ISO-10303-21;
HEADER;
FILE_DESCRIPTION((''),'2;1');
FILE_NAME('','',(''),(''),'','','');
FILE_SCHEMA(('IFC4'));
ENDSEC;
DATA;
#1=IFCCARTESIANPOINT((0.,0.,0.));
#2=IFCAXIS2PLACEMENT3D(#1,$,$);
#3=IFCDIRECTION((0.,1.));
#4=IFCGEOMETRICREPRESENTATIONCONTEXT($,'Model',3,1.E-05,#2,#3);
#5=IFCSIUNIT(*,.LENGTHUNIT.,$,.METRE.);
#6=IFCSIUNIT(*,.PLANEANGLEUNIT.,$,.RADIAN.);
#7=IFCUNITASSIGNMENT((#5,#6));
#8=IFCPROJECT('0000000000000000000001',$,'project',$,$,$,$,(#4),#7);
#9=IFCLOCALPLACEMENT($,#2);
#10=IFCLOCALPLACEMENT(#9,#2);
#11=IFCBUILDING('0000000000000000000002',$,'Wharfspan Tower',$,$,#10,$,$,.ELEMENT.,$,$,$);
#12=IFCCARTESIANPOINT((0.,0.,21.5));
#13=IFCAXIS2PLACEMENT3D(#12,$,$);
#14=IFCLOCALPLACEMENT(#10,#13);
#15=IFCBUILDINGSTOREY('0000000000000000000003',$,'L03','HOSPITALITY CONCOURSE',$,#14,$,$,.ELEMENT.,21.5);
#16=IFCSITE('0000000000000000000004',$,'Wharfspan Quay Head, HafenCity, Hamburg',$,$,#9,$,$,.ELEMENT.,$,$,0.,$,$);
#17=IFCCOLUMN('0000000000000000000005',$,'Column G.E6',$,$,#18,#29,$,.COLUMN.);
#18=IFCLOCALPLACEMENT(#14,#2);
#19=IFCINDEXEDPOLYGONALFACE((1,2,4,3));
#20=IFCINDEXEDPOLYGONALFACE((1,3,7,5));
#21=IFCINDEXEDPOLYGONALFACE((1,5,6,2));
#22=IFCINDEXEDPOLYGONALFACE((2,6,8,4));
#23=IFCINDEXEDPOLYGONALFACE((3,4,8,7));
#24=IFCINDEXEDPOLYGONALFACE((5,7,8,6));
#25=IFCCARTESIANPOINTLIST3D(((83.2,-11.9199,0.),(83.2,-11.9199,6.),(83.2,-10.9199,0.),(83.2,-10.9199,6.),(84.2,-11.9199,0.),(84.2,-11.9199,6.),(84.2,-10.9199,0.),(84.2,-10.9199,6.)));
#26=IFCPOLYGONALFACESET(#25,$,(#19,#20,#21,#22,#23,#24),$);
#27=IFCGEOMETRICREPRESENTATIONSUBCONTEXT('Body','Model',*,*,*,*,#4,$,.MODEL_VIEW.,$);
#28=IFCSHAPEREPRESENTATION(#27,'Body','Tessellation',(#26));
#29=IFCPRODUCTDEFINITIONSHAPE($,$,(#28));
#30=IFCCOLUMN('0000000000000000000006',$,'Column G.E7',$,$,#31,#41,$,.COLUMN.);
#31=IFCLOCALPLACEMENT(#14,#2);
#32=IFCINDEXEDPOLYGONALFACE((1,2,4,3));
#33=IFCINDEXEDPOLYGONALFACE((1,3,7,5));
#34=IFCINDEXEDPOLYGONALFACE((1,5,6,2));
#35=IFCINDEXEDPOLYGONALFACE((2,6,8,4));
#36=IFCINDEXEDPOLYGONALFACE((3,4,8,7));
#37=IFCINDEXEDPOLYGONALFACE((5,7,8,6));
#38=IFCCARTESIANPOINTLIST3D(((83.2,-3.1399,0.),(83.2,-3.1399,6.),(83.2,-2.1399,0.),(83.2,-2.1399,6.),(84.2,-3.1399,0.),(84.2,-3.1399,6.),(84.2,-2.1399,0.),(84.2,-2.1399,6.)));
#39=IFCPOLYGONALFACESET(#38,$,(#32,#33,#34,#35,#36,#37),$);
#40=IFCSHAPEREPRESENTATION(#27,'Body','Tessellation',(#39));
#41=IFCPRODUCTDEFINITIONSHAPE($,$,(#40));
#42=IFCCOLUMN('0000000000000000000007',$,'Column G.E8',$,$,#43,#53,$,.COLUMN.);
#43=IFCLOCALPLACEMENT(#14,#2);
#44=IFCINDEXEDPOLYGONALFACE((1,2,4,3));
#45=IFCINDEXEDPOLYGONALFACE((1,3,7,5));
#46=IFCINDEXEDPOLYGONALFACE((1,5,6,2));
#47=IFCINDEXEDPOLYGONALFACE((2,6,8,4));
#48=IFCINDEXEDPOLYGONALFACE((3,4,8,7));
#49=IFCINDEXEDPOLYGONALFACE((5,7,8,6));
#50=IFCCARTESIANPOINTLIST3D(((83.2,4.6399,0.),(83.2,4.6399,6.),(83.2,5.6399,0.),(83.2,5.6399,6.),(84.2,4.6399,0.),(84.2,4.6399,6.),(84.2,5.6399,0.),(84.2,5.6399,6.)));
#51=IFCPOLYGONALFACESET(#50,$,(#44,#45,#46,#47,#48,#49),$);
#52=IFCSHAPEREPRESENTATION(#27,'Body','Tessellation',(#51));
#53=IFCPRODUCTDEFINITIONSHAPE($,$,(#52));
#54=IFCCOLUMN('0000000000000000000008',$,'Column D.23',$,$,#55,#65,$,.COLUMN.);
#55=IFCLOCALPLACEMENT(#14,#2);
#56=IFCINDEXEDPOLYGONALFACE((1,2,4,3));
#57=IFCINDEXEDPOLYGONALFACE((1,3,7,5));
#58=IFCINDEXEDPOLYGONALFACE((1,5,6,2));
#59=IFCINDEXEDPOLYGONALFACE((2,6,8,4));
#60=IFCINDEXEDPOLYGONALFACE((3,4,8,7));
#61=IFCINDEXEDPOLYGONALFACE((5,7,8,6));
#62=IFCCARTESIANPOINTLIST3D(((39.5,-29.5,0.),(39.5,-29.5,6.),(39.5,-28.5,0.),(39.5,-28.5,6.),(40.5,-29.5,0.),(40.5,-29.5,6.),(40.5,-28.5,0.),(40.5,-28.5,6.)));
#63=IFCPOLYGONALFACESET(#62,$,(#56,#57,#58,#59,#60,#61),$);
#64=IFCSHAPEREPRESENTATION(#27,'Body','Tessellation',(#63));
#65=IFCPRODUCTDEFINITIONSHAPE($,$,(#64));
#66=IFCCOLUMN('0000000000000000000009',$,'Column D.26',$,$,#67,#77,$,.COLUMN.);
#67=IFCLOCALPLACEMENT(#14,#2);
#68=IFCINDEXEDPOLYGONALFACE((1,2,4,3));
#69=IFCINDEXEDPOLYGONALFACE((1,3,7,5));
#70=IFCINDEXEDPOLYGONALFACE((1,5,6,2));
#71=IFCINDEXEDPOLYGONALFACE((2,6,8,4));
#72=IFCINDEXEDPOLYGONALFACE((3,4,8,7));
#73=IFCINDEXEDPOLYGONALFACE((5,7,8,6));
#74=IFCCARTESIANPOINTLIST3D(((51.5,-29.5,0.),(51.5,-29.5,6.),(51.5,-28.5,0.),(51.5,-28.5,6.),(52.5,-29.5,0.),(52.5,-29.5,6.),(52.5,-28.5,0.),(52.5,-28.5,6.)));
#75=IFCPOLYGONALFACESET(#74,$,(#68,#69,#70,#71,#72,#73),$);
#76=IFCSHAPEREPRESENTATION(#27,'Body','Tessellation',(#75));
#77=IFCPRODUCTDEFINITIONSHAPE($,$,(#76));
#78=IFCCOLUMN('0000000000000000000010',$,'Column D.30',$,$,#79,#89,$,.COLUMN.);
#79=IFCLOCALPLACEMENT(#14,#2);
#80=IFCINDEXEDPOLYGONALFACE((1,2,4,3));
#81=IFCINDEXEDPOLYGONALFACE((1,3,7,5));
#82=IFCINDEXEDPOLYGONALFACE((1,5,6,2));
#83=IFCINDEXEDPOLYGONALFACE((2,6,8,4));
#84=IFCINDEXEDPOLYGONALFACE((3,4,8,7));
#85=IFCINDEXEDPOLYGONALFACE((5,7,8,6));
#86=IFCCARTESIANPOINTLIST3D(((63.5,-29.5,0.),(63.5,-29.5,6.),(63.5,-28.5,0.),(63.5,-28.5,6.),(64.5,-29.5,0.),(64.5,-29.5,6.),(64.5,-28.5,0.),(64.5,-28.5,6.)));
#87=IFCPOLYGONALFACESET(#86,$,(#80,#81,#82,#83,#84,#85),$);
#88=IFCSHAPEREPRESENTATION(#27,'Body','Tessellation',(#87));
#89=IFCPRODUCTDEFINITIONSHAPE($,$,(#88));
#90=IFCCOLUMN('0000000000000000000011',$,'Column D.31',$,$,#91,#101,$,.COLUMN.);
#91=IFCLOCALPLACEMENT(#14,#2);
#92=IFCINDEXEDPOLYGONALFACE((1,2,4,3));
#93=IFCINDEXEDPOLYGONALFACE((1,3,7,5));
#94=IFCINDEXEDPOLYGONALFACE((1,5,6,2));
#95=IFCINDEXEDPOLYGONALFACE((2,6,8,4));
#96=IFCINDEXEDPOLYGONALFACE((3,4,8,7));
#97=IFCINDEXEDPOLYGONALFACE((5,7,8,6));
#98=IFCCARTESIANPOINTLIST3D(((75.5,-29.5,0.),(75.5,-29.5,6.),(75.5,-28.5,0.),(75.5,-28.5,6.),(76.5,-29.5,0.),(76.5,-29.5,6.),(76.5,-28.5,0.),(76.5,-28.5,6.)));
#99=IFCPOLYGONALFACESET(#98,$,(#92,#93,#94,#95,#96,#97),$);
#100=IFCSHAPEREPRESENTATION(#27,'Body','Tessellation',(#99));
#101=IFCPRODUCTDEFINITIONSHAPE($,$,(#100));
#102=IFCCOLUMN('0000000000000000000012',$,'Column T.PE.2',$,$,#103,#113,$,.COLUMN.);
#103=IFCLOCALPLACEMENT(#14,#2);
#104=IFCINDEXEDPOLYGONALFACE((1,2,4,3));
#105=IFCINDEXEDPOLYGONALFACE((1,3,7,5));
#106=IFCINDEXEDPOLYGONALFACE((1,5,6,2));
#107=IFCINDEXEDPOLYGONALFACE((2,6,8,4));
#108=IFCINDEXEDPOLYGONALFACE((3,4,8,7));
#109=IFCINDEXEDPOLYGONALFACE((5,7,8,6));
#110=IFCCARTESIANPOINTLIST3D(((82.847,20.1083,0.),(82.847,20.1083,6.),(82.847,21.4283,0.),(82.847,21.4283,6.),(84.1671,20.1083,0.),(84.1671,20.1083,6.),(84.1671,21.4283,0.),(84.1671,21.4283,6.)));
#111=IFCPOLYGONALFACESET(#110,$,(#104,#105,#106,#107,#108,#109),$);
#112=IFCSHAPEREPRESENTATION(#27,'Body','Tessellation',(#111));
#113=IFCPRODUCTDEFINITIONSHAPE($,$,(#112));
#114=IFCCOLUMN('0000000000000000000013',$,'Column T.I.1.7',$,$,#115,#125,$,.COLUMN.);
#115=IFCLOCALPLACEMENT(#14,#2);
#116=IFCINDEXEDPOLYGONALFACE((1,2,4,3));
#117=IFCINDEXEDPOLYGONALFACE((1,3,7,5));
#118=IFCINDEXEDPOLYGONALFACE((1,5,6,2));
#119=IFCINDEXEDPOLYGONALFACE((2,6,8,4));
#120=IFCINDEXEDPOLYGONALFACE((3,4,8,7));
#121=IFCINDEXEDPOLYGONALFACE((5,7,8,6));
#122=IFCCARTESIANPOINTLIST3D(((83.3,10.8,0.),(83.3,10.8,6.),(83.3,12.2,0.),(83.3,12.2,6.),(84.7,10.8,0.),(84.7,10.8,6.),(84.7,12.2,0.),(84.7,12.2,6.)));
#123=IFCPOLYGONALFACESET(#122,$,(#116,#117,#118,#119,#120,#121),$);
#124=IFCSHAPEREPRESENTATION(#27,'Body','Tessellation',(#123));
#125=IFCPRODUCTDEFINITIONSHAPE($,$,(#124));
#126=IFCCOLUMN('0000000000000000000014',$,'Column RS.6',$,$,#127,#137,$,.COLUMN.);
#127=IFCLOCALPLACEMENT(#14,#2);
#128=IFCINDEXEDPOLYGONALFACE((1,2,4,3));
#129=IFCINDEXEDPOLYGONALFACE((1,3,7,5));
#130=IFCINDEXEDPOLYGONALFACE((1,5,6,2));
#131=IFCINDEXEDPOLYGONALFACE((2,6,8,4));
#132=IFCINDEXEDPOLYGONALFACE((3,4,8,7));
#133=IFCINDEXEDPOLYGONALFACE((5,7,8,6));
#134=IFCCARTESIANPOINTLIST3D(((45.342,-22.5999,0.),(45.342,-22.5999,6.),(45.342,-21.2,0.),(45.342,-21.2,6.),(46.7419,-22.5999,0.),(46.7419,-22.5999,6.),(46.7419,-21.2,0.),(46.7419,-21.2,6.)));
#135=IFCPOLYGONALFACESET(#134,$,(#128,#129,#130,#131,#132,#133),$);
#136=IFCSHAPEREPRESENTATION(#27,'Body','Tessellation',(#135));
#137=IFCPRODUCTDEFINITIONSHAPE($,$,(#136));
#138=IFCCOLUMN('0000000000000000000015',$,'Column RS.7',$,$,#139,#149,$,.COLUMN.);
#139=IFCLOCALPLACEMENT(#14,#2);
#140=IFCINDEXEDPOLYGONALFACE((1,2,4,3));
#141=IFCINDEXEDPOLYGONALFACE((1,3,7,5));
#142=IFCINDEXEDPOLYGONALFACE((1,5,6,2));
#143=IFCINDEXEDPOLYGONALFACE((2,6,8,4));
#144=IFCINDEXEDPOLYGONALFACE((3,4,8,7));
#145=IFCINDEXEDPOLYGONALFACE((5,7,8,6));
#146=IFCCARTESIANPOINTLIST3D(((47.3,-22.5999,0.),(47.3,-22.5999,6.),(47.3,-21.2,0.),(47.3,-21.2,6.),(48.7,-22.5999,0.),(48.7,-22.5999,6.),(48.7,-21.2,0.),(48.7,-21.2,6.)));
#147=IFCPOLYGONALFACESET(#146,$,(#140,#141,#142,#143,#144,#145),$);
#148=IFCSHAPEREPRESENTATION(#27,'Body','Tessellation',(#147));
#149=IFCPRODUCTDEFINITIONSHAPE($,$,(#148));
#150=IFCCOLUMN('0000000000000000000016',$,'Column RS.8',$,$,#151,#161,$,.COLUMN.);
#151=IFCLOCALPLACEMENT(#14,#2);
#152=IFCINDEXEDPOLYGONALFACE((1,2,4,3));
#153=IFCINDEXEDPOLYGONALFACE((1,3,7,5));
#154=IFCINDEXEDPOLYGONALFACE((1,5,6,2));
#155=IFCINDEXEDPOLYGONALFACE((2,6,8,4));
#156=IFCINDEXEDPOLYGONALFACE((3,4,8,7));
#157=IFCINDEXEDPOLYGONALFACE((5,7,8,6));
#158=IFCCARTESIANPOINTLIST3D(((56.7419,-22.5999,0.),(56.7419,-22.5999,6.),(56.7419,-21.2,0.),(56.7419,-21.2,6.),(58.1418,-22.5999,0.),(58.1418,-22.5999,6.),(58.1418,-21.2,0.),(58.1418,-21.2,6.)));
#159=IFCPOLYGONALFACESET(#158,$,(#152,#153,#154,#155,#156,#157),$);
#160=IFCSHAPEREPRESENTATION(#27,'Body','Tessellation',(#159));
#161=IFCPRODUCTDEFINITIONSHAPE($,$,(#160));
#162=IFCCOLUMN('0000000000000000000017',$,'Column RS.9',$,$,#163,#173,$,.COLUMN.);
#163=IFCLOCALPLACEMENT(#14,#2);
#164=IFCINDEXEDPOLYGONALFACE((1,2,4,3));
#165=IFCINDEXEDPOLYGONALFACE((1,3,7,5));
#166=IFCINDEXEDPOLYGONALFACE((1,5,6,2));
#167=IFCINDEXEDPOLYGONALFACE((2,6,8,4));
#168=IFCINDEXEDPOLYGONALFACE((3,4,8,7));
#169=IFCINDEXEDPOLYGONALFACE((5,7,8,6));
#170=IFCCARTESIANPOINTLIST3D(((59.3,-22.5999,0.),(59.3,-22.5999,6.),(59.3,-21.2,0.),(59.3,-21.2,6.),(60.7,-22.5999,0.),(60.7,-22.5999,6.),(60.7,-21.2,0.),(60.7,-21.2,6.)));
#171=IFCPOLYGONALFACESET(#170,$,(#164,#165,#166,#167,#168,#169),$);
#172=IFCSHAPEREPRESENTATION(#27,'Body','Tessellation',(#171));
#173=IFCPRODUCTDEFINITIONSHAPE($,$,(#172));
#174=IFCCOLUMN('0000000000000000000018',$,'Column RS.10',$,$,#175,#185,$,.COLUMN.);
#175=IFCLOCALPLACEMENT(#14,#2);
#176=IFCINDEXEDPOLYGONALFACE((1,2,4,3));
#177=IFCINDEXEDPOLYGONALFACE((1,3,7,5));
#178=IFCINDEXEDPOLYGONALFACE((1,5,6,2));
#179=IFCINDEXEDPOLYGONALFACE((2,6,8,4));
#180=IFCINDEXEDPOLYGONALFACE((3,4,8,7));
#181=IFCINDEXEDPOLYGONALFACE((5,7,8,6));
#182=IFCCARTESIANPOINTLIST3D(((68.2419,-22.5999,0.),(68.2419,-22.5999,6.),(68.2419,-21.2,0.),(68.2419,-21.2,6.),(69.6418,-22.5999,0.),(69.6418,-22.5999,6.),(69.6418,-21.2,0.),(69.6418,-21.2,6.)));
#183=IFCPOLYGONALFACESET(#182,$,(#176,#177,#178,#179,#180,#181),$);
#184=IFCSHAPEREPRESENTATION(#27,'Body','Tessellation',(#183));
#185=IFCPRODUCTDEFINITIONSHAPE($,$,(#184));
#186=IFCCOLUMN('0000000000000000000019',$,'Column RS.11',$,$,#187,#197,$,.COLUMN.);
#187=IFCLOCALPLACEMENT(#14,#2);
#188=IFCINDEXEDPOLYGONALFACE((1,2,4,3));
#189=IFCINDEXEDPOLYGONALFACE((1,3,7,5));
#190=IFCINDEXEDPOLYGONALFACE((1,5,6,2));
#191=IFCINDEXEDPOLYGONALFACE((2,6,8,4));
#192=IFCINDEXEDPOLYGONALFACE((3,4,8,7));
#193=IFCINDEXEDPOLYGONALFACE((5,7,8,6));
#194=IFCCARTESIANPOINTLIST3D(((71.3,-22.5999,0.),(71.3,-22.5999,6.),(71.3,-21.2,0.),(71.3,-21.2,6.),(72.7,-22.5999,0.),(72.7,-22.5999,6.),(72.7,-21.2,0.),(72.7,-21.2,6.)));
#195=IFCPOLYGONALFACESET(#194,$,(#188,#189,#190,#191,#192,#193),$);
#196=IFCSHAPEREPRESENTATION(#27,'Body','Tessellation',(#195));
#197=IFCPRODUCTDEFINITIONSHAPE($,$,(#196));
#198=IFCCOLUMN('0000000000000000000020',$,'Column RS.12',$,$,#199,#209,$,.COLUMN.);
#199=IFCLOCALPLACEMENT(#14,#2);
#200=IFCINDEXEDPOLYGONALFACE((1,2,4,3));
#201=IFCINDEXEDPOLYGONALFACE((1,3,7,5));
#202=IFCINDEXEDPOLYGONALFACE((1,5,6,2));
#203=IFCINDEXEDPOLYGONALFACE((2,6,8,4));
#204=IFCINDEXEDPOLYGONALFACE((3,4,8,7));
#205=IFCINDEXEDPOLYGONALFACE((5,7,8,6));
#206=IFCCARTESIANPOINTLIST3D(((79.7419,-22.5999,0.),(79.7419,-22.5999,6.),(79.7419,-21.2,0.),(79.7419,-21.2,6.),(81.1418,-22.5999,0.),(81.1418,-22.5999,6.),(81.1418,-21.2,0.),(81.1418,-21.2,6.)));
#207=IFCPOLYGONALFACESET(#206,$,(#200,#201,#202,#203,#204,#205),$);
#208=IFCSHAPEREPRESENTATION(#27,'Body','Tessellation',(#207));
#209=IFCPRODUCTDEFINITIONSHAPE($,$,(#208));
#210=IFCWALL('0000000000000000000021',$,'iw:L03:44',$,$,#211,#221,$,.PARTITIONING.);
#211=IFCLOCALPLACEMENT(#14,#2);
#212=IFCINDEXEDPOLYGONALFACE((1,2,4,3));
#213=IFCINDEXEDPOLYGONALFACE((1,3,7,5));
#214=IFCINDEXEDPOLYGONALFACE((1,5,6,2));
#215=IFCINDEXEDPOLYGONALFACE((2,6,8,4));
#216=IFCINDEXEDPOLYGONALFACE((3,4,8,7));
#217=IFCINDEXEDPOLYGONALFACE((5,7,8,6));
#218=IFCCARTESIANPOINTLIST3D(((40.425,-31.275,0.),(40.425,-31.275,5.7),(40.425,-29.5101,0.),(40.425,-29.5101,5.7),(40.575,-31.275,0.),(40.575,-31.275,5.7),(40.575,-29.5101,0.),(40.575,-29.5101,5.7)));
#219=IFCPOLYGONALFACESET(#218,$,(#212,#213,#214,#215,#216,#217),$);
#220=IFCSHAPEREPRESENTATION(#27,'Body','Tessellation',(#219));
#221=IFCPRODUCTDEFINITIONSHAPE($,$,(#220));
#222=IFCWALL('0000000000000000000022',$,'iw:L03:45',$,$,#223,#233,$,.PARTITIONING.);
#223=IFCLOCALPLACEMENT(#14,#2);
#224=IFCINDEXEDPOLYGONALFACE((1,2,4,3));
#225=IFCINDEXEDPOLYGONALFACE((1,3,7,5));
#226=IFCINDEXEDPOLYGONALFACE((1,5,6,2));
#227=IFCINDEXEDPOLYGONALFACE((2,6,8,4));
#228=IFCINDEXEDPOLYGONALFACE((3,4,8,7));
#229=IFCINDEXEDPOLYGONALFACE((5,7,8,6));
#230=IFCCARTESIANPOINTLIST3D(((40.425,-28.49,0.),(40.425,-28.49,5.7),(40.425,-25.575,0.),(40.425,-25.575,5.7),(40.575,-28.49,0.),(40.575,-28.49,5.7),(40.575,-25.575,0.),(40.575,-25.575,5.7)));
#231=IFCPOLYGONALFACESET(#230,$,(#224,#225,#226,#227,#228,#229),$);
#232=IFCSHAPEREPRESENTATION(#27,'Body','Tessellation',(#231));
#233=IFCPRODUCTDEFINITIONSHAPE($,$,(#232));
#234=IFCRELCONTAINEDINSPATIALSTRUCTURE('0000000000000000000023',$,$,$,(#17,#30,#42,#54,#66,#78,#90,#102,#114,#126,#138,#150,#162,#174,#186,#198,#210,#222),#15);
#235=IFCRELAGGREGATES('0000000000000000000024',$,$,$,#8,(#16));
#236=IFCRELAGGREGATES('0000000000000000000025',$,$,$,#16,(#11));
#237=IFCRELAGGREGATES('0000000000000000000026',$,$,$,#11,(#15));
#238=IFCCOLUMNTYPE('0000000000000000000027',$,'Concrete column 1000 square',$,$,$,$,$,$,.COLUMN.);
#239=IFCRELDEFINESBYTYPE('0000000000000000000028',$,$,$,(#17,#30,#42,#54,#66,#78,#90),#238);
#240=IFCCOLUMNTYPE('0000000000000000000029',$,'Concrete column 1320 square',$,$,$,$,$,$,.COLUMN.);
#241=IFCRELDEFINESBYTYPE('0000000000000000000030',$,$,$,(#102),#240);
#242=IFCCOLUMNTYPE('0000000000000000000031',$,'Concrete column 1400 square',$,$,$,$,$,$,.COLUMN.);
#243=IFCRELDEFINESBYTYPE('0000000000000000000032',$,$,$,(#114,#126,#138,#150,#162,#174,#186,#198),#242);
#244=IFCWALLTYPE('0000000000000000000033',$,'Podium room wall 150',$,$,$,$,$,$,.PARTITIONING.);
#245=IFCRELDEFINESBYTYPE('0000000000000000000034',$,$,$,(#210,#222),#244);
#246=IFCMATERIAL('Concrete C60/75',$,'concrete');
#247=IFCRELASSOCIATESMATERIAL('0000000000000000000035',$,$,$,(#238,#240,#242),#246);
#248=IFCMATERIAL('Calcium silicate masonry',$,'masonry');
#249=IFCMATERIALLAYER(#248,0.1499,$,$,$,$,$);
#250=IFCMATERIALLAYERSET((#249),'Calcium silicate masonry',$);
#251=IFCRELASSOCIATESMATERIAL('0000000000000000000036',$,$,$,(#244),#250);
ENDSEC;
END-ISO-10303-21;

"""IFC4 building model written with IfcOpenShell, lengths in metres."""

from ifc_helpers import new_model, si_unit, direction, frame, frame_2d, origin, origin_2d, place, context, subcontext, project, spatial, rectangle, extrude, material, layer, layer_set, material_profile, profile_set, type_object, element, save


model = new_model("IFC4")

# Units and contexts
model_context = context("Model", 3, precision=1e-05, world=origin(), true_north=direction((0.0, 1.0)))
body_context = subcontext(model_context, "Body", "Model", "MODEL_VIEW")
ifc_project = project(units=[si_unit("LENGTHUNIT", "METRE"), si_unit("PLANEANGLEUNIT", "RADIAN")], contexts=[model_context])

# Site, building, storey
site_placement = place(None, origin())
site = spatial("IfcSite", under=ifc_project, at=site_placement, Name="Wharfspan Quay Head, HafenCity, Hamburg", CompositionType="ELEMENT", RefElevation=0.0)
building_placement = place(site_placement, origin())
building = spatial("IfcBuilding", under=site, at=building_placement, Name="Wharfspan Tower", CompositionType="ELEMENT")
storey_placement = place(building_placement, frame((0.0, 0.0, 21.5)))
storey = spatial("IfcBuildingStorey", under=building, at=storey_placement, Name="L03", Description="HOSPITALITY CONCOURSE", CompositionType="ELEMENT", Elevation=21.5)

# Columns
ifc_material_1 = material(Name="Concrete C60/75", Category="concrete")
ifc_material_profile_1 = material_profile(ifc_material_1, rectangle(XDim=1.0, YDim=1.0, at=origin_2d()))
ifc_profile_set_1 = profile_set([ifc_material_profile_1], Name="Concrete C60/75")
column_type_1 = type_object("IfcColumnType", Name="Concrete column 1000 square", PredefinedType="COLUMN", material=ifc_profile_set_1)
for number, where, z_axis, x_axis, name in (
    (1, (83.7, -11.4199, 0.0), (0.0, 0.0, 1.0), (1.0, 0.0, 0.0), "Column G.E6"),
    (2, (83.7, -2.6399, 0.0), (0.0, 0.0, 1.0), (1.0, 0.0, 0.0), "Column G.E7"),
    (3, (83.7, 5.1399, 0.0), (0.0, 0.0, 1.0), (1.0, 0.0, 0.0), "Column G.E8"),
    (4, (40.0, -29.0, 0.0), (0.0, 0.0, 1.0), (1.0, 0.0, 0.0), "Column D.23"),
    (5, (52.0, -29.0, 0.0), (0.0, 0.0, 1.0), (1.0, 0.0, 0.0), "Column D.26"),
    (6, (64.0, -29.0, 0.0), (0.0, 0.0, 1.0), (1.0, 0.0, 0.0), "Column D.30"),
    (7, (76.0, -29.0, 0.0), (0.0, 0.0, 1.0), (1.0, 0.0, 0.0), "Column D.31"),
):
    element("IfcColumn", number, at=place(storey_placement, frame(where, z_axis=z_axis, x_axis=x_axis)), inside=storey, type_object=column_type_1, Name=name, PredefinedType="COLUMN", context=body_context, shape_type="SweptSolid", body=[
        extrude(rectangle(XDim=1.0, YDim=1.0, at=origin_2d()), origin(), (0.0, 0.0, 1.0), 6.0),
    ])
ifc_material_profile_2 = material_profile(ifc_material_1, rectangle(XDim=1.3201, YDim=1.3201, at=origin_2d()))
ifc_profile_set_2 = profile_set([ifc_material_profile_2], Name="Concrete C60/75")
column_type_2 = type_object("IfcColumnType", Name="Concrete column 1320 square", PredefinedType="COLUMN", material=ifc_profile_set_2)
column_placement = place(storey_placement, frame((83.5071, 20.7683, 0.0), z_axis=(0.0, 0.0, 1.0), x_axis=(1.0, 0.0, 0.0)))
element("IfcColumn", 8, at=column_placement, inside=storey, type_object=column_type_2, Name="Column T.PE.2", PredefinedType="COLUMN", context=body_context, shape_type="SweptSolid", body=[
    extrude(rectangle(XDim=1.3201, YDim=1.3201, at=origin_2d()), origin(), (0.0, 0.0, 1.0), 6.0),
])
ifc_material_profile_3 = material_profile(ifc_material_1, rectangle(XDim=1.3999, YDim=1.3999, at=origin_2d()))
ifc_profile_set_3 = profile_set([ifc_material_profile_3], Name="Concrete C60/75")
column_type_3 = type_object("IfcColumnType", Name="Concrete column 1400 square", PredefinedType="COLUMN", material=ifc_profile_set_3)
for number, where, z_axis, x_axis, name in (
    (9, (84.0, 11.5, 0.0), (0.0, 0.0, 1.0), (1.0, 0.0, 0.0), "Column T.I.1.7"),
    (10, (46.042, -21.8999, 0.0), (0.0, 0.0, 1.0), (1.0, 0.0, 0.0), "Column RS.6"),
    (11, (48.0, -21.8999, 0.0), (0.0, 0.0, 1.0), (1.0, 0.0, 0.0), "Column RS.7"),
    (12, (57.4419, -21.8999, 0.0), (0.0, 0.0, 1.0), (1.0, 0.0, 0.0), "Column RS.8"),
    (13, (60.0, -21.8999, 0.0), (0.0, 0.0, 1.0), (1.0, 0.0, 0.0), "Column RS.9"),
    (14, (68.9419, -21.8999, 0.0), (0.0, 0.0, 1.0), (1.0, 0.0, 0.0), "Column RS.10"),
    (15, (72.0, -21.8999, 0.0), (0.0, 0.0, 1.0), (1.0, 0.0, 0.0), "Column RS.11"),
    (16, (80.4419, -21.8999, 0.0), (0.0, 0.0, 1.0), (1.0, 0.0, 0.0), "Column RS.12"),
):
    element("IfcColumn", number, at=place(storey_placement, frame(where, z_axis=z_axis, x_axis=x_axis)), inside=storey, type_object=column_type_3, Name=name, PredefinedType="COLUMN", context=body_context, shape_type="SweptSolid", body=[
        extrude(rectangle(XDim=1.3999, YDim=1.3999, at=origin_2d()), origin(), (0.0, 0.0, 1.0), 6.0),
    ])

# Walls
ifc_material_2 = material(Name="Calcium silicate masonry", Category="masonry")
ifc_layer_1 = layer(ifc_material_2, 0.1499)
ifc_layer_set_1 = layer_set([ifc_layer_1], Name="Calcium silicate masonry")
wall_type_1 = type_object("IfcWallType", Name="Podium room wall 150", PredefinedType="PARTITIONING", material=ifc_layer_set_1)
wall_1_placement = place(storey_placement, frame((40.5, -31.2749, 0.0), z_axis=(0.0, 0.0, 1.0), x_axis=(0.0, 1.0, 0.0)))
element("IfcWall", 17, at=wall_1_placement, inside=storey, type_object=wall_type_1, Name="iw:L03:44", PredefinedType="PARTITIONING", context=body_context, shape_type="SweptSolid", body=[
    extrude(rectangle(XDim=1.7649, YDim=0.1499, at=frame_2d((0.8823, 0.0))), origin(), (0.0, 0.0, 1.0), 5.7),
])
wall_2_placement = place(storey_placement, frame((40.5, -28.49, 0.0), z_axis=(0.0, 0.0, 1.0), x_axis=(0.0, 1.0, 0.0)))
element("IfcWall", 18, at=wall_2_placement, inside=storey, type_object=wall_type_1, Name="iw:L03:45", PredefinedType="PARTITIONING", context=body_context, shape_type="SweptSolid", body=[
    extrude(rectangle(XDim=2.915, YDim=0.1499, at=frame_2d((1.4575, 0.0))), origin(), (0.0, 0.0, 1.0), 5.7),
])

save(model, "model.ifc")
